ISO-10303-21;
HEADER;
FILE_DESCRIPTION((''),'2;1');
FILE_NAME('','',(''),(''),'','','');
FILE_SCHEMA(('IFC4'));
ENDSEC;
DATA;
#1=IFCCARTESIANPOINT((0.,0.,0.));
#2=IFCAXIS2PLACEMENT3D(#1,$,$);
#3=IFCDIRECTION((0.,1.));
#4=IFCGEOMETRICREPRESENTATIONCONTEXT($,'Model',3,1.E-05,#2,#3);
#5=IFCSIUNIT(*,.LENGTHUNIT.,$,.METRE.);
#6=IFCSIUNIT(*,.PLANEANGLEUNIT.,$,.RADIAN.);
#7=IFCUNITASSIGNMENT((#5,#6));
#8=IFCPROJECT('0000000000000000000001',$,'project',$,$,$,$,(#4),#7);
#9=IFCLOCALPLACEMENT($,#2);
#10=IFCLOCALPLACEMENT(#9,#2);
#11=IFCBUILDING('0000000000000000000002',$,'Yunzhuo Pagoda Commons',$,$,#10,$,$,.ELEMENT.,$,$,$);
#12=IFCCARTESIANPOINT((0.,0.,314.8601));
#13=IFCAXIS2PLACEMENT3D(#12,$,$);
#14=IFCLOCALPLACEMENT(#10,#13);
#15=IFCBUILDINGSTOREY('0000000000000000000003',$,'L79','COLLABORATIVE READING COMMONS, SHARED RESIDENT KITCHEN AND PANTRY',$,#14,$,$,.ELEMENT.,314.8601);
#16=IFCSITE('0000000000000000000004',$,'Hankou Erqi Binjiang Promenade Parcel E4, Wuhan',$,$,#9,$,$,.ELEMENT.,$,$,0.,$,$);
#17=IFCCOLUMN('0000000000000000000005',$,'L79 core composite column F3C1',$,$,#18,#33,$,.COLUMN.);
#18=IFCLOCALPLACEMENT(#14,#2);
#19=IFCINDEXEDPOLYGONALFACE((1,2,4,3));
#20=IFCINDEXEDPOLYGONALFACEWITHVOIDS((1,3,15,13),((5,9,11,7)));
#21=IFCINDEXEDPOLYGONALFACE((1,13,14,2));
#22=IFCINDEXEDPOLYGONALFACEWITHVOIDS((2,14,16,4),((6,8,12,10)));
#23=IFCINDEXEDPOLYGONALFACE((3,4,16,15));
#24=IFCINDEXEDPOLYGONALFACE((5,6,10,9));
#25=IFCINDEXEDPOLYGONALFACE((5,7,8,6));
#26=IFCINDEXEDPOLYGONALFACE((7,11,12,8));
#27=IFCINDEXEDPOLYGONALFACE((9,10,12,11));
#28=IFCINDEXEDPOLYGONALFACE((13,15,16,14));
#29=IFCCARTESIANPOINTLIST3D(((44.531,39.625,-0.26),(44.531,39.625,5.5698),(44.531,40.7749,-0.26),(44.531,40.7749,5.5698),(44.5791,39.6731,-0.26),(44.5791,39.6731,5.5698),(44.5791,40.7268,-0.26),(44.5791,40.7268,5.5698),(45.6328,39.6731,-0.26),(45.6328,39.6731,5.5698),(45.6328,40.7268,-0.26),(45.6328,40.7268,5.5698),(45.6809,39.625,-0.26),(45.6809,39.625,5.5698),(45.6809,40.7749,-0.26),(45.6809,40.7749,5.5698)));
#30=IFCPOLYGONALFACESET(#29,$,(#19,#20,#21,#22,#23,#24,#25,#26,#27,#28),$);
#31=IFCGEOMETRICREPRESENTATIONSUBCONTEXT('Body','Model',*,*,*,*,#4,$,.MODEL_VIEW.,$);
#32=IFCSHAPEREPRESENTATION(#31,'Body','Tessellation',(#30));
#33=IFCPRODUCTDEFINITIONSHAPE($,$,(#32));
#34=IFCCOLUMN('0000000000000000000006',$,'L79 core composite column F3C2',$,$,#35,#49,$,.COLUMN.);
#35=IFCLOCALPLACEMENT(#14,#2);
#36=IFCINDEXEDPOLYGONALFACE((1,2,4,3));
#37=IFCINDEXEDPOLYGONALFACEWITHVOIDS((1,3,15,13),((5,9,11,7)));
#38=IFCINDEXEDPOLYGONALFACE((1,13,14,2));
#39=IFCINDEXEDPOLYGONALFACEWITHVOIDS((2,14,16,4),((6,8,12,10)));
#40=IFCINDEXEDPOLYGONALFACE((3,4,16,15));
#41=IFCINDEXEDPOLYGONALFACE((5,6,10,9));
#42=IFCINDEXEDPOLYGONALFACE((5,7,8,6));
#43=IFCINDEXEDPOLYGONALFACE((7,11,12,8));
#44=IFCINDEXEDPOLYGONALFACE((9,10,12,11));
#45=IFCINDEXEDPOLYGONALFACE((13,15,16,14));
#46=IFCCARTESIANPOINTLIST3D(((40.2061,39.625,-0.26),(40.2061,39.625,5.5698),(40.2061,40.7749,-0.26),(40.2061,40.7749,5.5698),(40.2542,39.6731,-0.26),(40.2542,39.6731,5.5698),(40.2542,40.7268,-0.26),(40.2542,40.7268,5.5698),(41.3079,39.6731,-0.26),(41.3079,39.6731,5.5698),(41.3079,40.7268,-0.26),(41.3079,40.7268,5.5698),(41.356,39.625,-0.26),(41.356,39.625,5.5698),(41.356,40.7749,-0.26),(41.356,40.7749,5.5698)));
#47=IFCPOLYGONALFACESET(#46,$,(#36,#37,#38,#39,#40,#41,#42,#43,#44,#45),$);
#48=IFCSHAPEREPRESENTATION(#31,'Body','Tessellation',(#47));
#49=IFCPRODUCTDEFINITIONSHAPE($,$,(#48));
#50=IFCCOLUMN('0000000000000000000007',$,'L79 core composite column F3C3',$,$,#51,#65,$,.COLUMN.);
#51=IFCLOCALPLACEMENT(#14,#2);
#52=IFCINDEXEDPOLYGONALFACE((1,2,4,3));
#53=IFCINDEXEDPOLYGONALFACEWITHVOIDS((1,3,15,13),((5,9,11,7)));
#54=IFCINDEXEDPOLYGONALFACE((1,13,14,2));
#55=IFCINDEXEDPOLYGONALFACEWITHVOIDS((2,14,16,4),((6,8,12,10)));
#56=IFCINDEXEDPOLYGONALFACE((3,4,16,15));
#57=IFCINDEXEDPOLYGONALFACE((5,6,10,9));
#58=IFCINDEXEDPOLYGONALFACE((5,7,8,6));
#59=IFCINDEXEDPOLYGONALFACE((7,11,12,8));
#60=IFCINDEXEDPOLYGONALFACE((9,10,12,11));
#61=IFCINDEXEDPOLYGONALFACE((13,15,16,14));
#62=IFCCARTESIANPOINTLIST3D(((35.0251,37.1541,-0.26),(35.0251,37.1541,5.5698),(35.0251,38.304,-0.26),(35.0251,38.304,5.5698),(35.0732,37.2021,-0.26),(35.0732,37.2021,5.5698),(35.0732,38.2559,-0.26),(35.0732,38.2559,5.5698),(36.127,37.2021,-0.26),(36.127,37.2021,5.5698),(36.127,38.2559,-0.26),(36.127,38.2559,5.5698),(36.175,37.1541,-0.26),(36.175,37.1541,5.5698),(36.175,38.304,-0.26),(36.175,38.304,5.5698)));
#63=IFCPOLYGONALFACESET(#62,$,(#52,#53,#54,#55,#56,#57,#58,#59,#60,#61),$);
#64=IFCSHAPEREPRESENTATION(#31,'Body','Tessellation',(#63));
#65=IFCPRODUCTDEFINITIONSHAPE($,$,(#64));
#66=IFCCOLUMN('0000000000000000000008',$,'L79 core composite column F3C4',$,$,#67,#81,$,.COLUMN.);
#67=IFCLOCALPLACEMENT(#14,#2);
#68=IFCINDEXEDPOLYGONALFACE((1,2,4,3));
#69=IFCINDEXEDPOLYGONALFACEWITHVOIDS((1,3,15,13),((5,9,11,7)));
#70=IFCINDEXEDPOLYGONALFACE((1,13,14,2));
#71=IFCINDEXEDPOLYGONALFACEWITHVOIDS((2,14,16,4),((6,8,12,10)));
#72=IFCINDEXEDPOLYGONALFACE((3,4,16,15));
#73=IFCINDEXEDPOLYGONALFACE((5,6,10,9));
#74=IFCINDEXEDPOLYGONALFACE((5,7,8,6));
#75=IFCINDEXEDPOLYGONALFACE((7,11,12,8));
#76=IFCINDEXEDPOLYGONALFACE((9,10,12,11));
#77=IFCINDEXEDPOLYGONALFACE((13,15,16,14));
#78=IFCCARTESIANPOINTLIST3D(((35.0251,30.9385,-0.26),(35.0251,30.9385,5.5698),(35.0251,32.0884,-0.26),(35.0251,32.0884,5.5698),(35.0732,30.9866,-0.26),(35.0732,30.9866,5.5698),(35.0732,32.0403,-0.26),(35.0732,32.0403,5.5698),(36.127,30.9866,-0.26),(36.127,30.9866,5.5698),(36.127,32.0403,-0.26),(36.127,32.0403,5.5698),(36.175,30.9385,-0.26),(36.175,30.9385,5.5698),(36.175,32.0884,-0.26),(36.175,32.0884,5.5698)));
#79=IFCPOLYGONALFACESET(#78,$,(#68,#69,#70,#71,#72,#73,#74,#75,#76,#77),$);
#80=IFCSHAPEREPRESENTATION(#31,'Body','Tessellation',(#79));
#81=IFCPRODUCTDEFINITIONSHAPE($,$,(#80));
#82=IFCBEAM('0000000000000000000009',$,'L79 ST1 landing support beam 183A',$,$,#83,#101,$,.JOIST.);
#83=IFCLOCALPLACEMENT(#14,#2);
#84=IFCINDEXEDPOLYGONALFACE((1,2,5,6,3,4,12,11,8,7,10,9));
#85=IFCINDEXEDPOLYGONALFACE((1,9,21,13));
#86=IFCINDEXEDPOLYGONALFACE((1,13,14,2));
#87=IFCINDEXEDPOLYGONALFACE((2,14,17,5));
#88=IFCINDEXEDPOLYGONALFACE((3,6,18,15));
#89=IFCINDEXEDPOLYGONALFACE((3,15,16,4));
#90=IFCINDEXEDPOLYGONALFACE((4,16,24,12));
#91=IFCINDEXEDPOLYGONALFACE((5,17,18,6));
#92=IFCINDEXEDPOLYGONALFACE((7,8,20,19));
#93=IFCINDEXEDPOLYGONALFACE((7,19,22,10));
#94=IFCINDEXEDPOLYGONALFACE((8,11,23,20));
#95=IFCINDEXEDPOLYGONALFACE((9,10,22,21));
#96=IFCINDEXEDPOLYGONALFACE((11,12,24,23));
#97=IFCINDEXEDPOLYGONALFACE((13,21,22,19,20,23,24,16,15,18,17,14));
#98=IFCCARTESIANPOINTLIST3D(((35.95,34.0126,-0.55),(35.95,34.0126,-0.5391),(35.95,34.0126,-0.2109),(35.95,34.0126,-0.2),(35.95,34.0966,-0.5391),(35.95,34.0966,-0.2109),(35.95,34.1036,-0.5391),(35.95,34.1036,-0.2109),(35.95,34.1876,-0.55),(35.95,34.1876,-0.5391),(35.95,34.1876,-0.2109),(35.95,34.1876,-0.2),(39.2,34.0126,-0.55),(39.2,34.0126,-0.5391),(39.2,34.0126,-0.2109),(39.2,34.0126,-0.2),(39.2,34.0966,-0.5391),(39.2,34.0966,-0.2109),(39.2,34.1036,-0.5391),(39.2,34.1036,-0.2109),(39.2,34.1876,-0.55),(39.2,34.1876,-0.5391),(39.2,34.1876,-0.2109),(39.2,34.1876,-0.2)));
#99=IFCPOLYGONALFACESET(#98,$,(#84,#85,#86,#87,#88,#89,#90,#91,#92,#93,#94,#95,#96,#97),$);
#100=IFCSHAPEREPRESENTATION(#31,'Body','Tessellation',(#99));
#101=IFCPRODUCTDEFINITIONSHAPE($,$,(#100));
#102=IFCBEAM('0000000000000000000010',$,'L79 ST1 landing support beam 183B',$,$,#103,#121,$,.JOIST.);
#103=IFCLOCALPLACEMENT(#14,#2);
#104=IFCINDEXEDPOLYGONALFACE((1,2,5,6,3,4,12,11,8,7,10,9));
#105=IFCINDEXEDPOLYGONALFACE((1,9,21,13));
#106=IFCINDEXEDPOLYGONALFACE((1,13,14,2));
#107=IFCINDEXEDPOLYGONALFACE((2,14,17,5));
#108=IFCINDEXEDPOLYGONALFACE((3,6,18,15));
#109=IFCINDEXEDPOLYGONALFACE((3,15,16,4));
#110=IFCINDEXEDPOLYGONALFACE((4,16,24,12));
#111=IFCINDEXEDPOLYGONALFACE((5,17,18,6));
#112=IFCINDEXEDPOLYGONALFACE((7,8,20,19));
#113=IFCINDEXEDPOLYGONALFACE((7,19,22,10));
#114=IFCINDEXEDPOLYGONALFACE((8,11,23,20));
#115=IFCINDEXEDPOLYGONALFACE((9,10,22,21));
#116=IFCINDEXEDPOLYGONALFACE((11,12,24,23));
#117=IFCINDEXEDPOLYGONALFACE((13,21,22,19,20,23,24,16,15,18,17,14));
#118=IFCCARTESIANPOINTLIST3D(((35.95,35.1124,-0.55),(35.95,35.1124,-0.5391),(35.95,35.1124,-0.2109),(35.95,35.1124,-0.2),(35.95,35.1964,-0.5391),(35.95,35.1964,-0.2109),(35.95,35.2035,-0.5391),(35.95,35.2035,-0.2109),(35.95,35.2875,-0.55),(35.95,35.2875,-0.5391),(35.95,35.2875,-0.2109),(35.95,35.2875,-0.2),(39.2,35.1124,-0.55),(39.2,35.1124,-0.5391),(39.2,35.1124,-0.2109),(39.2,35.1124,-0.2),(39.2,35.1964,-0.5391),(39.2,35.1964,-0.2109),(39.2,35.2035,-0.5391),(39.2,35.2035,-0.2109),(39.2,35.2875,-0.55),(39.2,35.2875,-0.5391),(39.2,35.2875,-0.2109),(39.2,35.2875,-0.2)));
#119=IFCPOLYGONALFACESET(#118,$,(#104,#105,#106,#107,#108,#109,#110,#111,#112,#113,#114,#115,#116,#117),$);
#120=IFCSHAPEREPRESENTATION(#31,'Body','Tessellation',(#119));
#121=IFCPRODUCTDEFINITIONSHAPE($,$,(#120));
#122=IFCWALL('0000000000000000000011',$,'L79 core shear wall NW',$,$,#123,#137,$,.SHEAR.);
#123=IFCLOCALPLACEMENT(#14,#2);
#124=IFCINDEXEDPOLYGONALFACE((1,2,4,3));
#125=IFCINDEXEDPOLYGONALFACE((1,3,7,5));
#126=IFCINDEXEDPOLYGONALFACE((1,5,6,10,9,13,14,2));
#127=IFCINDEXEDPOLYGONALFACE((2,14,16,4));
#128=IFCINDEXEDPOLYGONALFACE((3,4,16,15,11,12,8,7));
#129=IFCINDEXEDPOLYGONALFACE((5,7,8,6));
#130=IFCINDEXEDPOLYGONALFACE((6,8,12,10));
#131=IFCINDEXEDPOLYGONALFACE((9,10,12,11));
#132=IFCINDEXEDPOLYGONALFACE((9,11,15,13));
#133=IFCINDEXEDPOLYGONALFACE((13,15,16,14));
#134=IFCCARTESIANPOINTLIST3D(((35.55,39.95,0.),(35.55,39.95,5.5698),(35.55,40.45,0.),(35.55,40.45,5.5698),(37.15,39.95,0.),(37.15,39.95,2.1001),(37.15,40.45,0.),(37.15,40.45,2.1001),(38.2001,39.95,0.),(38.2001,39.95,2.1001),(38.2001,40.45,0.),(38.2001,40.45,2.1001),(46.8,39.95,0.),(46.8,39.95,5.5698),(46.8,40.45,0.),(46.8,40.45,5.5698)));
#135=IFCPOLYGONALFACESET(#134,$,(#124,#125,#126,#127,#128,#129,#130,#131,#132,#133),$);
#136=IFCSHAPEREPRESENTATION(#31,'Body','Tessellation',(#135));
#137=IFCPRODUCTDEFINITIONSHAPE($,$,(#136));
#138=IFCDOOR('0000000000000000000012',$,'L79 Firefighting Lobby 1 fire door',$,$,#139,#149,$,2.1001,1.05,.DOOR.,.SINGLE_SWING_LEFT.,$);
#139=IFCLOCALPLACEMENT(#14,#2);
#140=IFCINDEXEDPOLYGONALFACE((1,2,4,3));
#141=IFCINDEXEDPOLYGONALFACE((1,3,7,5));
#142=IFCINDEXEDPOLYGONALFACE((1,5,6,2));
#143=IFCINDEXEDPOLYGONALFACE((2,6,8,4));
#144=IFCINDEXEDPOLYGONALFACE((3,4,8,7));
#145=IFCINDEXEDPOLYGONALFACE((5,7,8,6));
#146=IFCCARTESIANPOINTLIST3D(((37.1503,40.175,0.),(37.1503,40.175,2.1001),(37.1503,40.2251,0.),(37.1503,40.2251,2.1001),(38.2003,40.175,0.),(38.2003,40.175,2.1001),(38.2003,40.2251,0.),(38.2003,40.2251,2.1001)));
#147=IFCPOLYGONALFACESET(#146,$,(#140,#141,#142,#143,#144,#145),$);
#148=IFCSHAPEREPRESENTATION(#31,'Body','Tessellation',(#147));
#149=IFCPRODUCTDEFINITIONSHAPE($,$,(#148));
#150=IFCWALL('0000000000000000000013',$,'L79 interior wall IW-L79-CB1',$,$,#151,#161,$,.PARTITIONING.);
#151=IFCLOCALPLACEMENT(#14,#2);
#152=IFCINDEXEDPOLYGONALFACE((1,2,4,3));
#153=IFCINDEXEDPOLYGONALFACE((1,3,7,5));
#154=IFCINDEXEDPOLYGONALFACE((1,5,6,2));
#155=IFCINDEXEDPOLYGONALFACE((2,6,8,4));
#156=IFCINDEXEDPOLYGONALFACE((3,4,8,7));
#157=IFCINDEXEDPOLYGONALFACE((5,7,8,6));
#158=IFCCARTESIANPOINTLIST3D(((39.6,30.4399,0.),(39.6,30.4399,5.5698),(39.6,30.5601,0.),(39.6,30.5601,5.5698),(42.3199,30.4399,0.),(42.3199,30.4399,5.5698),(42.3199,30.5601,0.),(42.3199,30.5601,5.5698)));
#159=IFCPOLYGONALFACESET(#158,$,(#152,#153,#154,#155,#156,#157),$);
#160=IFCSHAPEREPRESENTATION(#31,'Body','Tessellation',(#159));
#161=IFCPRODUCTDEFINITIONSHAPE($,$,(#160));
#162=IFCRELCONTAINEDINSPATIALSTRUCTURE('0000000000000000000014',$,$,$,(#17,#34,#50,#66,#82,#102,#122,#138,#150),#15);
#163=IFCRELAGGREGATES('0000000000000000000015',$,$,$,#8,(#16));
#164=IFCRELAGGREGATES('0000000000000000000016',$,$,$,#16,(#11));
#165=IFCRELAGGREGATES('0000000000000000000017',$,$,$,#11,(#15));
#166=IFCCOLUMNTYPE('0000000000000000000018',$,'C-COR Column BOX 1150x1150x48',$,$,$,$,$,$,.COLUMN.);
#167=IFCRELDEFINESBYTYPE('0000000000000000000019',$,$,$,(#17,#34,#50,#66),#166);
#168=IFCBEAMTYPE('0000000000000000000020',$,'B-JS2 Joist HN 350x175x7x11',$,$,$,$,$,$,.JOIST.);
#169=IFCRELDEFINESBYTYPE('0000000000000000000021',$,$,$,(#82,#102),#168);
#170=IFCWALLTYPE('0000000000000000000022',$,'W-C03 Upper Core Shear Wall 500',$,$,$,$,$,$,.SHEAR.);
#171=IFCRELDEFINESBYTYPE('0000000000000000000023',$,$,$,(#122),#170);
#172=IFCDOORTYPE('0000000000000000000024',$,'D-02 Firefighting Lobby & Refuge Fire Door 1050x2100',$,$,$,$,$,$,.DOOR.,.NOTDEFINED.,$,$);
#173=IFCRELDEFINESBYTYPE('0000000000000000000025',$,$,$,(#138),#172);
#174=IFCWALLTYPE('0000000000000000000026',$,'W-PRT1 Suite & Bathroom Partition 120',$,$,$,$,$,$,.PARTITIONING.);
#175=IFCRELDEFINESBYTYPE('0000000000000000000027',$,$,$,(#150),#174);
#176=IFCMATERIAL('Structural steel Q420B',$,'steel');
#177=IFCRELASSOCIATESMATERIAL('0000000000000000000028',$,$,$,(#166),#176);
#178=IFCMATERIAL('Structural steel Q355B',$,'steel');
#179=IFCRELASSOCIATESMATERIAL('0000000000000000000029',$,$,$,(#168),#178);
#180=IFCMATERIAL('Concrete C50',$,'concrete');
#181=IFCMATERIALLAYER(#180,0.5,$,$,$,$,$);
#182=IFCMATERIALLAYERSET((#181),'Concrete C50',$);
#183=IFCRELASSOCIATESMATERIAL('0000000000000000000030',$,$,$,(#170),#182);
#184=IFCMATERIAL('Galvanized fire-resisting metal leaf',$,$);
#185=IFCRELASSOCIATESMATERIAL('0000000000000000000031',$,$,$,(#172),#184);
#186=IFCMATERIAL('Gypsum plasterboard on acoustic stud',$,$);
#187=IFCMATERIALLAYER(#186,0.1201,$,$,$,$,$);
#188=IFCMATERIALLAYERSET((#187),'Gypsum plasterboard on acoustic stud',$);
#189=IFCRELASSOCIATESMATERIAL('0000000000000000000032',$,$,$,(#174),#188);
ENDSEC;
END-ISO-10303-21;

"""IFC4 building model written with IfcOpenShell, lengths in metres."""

from ifc_helpers import new_model, si_unit, direction, frame, frame_2d, origin, origin_2d, place, context, subcontext, project, spatial, rectangle, hollow_rectangle, i_section, extrude, source, transform, mapped, material, layer, layer_set, material_profile, profile_set, type_object, element, fill, save


model = new_model("IFC4")

# Units and contexts
model_context = context("Model", 3, precision=1e-05, world=origin(), true_north=direction((0.0, 1.0)))
body_context = subcontext(model_context, "Body", "Model", "MODEL_VIEW")
ifc_project = project(units=[si_unit("LENGTHUNIT", "METRE"), si_unit("PLANEANGLEUNIT", "RADIAN")], contexts=[model_context])

# Site, building, storey
site_placement = place(None, origin())
site = spatial("IfcSite", under=ifc_project, at=site_placement, Name="Hankou Erqi Binjiang Promenade Parcel E4, Wuhan", CompositionType="ELEMENT", RefElevation=0.0)
building_placement = place(site_placement, origin())
building = spatial("IfcBuilding", under=site, at=building_placement, Name="Yunzhuo Pagoda Commons", CompositionType="ELEMENT")
storey_placement = place(building_placement, frame((0.0, 0.0, 314.8601)))
storey = spatial("IfcBuildingStorey", under=building, at=storey_placement, Name="L79", Description="COLLABORATIVE READING COMMONS, SHARED RESIDENT KITCHEN AND PANTRY", CompositionType="ELEMENT", Elevation=314.8601)

# Columns
ifc_material_1 = material(Name="Structural steel Q420B", Category="steel")
ifc_material_profile_1 = material_profile(ifc_material_1, hollow_rectangle(XDim=1.1499, YDim=1.1499, WallThickness=0.0481, at=origin_2d()), Name="Structural steel Q420B")
ifc_profile_set_1 = profile_set([ifc_material_profile_1], Name="Structural steel Q420B")
column_type = type_object("IfcColumnType", Name="C-COR Column BOX 1150x1150x48", PredefinedType="COLUMN", material=ifc_profile_set_1)
shared_shape_1 = source(origin(), body_context, "Body", "SweptSolid", [
    extrude(hollow_rectangle(XDim=1.1499, YDim=1.1499, WallThickness=0.0481, at=origin_2d()), origin(), (0.0, 0.0, 1.0), 5.8298),
])
for number, where, z_axis, x_axis, name in (
    (1, (45.106, 40.2, -0.26), (0.0, 0.0, 1.0), (1.0, 0.0, 0.0), "L79 core composite column F3C1"),
    (2, (40.781, 40.2, -0.26), (0.0, 0.0, 1.0), (1.0, 0.0, 0.0), "L79 core composite column F3C2"),
    (3, (35.6001, 37.729, -0.26), (0.0, 0.0, 1.0), (1.0, 0.0, 0.0), "L79 core composite column F3C3"),
    (4, (35.6001, 31.5134, -0.26), (0.0, 0.0, 1.0), (1.0, 0.0, 0.0), "L79 core composite column F3C4"),
):
    element("IfcColumn", number, at=place(storey_placement, frame(where, z_axis=z_axis, x_axis=x_axis)), inside=storey, type_object=column_type, Name=name, PredefinedType="COLUMN", context=body_context, shape_type="MappedRepresentation", body=[
        mapped(shared_shape_1, transform((0.0, 0.0, 0.0), scale=1.0)),
    ])

# Beams
ifc_material_2 = material(Name="Structural steel Q355B", Category="steel")
ifc_material_profile_2 = material_profile(ifc_material_2, i_section(OverallWidth=0.175, OverallDepth=0.3501, WebThickness=0.0071, FlangeThickness=0.011, at=origin_2d()), Name="Structural steel Q355B")
ifc_profile_set_2 = profile_set([ifc_material_profile_2], Name="Structural steel Q355B")
beam_type = type_object("IfcBeamType", Name="B-JS2 Joist HN 350x175x7x11", PredefinedType="JOIST", material=ifc_profile_set_2)
shared_shape_2 = source(origin(), body_context, "Body", "SweptSolid", [
    extrude(i_section(OverallWidth=0.175, OverallDepth=0.3501, WebThickness=0.0071, FlangeThickness=0.011, at=origin_2d()), origin(), (0.0, 0.0, 1.0), 3.25),
])
for number, where, z_axis, x_axis, name in (
    (5, (35.95, 34.1001, -0.375), (1.0, 0.0, 0.0), (0.0, 1.0, 0.0), "L79 ST1 landing support beam 183A"),
    (6, (35.95, 35.2, -0.375), (1.0, 0.0, 0.0), (0.0, 1.0, 0.0), "L79 ST1 landing support beam 183B"),
):
    element("IfcBeam", number, at=place(storey_placement, frame(where, z_axis=z_axis, x_axis=x_axis)), inside=storey, type_object=beam_type, Name=name, PredefinedType="JOIST", context=body_context, shape_type="MappedRepresentation", body=[
        mapped(shared_shape_2, transform((0.0, 0.0, 0.0), scale=1.0)),
    ])

# Wall, opening, door
ifc_material_3 = material(Name="Concrete C50", Category="concrete")
ifc_layer_1 = layer(ifc_material_3, 0.5)
ifc_layer_set_1 = layer_set([ifc_layer_1], Name="Concrete C50")
wall_type_1 = type_object("IfcWallType", Name="W-C03 Upper Core Shear Wall 500", PredefinedType="SHEAR", material=ifc_layer_set_1)
wall_1_placement = place(storey_placement, frame((35.55, 40.2, 0.0), z_axis=(0.0, 0.0, 1.0), x_axis=(1.0, 0.0, 0.0)))
wall_1 = element("IfcWall", 7, at=wall_1_placement, inside=storey, type_object=wall_type_1, Name="L79 core shear wall NW", PredefinedType="SHEAR", context=body_context, shape_type="SweptSolid", body=[
    extrude(rectangle(XDim=11.25, YDim=0.5, at=frame_2d((5.625, 0.0))), origin(), (0.0, 0.0, 1.0), 5.5698),
])
opening_1_placement = place(wall_1_placement, frame((1.6001, 0.0, 0.0)))
opening_1 = element("IfcOpeningElement", 8, at=opening_1_placement, cuts=wall_1, PredefinedType="OPENING", context=body_context, shape_type="SweptSolid", body=[
    extrude(rectangle(XDim=1.05, YDim=2.1001, at=frame_2d((0.5249, 1.05))), frame((0.0, 0.26, 0.0), z_axis=(0.0, -1.0, 0.0), x_axis=(1.0, 0.0, 0.0)), (0.0, 0.0, 1.0), 0.52),
])
ifc_material_4 = material(Name="Galvanized fire-resisting metal leaf")
door_type_1 = type_object("IfcDoorType", Name="D-02 Firefighting Lobby & Refuge Fire Door 1050x2100", OperationType="NOTDEFINED", PredefinedType="DOOR", material=ifc_material_4)
shared_shape_3 = source(origin(), body_context, "Body", "SweptSolid", [
    extrude(rectangle(XDim=1.05, YDim=2.1001, at=frame_2d((0.5249, 1.05))), frame((0.0, 0.0249, 0.0), z_axis=(0.0, -1.0, 0.0), x_axis=(1.0, 0.0, 0.0)), (0.0, 0.0, 1.0), 0.05),
])
door_1_placement = place(opening_1_placement, frame((1.05, 0.0, 0.0), z_axis=(0.0, 0.0, 1.0), x_axis=(-1.0, 0.0, 0.0)))
door_1 = element("IfcDoor", 9, at=door_1_placement, inside=storey, type_object=door_type_1, Name="L79 Firefighting Lobby 1 fire door", OperationType="SINGLE_SWING_LEFT", OverallHeight=2.1001, OverallWidth=1.05, PredefinedType="DOOR", context=body_context, shape_type="MappedRepresentation", body=[
    mapped(shared_shape_3, transform((0.0, 0.0, 0.0), scale=1.0)),
])
fill(opening_1, door_1)

# Wall
ifc_material_5 = material(Name="Gypsum plasterboard on acoustic stud")
ifc_layer_2 = layer(ifc_material_5, 0.1201)
ifc_layer_set_2 = layer_set([ifc_layer_2], Name="Gypsum plasterboard on acoustic stud")
wall_type_2 = type_object("IfcWallType", Name="W-PRT1 Suite & Bathroom Partition 120", PredefinedType="PARTITIONING", material=ifc_layer_set_2)
wall_2_placement = place(storey_placement, frame((39.6001, 30.5, 0.0), z_axis=(0.0, 0.0, 1.0), x_axis=(1.0, 0.0, 0.0)))
element("IfcWall", 10, at=wall_2_placement, inside=storey, type_object=wall_type_2, Name="L79 interior wall IW-L79-CB1", PredefinedType="PARTITIONING", context=body_context, shape_type="SweptSolid", body=[
    extrude(rectangle(XDim=2.72, YDim=0.1201, at=frame_2d((1.3599, 0.0))), origin(), (0.0, 0.0, 1.0), 5.5698),
])

save(model, "model.ifc")
